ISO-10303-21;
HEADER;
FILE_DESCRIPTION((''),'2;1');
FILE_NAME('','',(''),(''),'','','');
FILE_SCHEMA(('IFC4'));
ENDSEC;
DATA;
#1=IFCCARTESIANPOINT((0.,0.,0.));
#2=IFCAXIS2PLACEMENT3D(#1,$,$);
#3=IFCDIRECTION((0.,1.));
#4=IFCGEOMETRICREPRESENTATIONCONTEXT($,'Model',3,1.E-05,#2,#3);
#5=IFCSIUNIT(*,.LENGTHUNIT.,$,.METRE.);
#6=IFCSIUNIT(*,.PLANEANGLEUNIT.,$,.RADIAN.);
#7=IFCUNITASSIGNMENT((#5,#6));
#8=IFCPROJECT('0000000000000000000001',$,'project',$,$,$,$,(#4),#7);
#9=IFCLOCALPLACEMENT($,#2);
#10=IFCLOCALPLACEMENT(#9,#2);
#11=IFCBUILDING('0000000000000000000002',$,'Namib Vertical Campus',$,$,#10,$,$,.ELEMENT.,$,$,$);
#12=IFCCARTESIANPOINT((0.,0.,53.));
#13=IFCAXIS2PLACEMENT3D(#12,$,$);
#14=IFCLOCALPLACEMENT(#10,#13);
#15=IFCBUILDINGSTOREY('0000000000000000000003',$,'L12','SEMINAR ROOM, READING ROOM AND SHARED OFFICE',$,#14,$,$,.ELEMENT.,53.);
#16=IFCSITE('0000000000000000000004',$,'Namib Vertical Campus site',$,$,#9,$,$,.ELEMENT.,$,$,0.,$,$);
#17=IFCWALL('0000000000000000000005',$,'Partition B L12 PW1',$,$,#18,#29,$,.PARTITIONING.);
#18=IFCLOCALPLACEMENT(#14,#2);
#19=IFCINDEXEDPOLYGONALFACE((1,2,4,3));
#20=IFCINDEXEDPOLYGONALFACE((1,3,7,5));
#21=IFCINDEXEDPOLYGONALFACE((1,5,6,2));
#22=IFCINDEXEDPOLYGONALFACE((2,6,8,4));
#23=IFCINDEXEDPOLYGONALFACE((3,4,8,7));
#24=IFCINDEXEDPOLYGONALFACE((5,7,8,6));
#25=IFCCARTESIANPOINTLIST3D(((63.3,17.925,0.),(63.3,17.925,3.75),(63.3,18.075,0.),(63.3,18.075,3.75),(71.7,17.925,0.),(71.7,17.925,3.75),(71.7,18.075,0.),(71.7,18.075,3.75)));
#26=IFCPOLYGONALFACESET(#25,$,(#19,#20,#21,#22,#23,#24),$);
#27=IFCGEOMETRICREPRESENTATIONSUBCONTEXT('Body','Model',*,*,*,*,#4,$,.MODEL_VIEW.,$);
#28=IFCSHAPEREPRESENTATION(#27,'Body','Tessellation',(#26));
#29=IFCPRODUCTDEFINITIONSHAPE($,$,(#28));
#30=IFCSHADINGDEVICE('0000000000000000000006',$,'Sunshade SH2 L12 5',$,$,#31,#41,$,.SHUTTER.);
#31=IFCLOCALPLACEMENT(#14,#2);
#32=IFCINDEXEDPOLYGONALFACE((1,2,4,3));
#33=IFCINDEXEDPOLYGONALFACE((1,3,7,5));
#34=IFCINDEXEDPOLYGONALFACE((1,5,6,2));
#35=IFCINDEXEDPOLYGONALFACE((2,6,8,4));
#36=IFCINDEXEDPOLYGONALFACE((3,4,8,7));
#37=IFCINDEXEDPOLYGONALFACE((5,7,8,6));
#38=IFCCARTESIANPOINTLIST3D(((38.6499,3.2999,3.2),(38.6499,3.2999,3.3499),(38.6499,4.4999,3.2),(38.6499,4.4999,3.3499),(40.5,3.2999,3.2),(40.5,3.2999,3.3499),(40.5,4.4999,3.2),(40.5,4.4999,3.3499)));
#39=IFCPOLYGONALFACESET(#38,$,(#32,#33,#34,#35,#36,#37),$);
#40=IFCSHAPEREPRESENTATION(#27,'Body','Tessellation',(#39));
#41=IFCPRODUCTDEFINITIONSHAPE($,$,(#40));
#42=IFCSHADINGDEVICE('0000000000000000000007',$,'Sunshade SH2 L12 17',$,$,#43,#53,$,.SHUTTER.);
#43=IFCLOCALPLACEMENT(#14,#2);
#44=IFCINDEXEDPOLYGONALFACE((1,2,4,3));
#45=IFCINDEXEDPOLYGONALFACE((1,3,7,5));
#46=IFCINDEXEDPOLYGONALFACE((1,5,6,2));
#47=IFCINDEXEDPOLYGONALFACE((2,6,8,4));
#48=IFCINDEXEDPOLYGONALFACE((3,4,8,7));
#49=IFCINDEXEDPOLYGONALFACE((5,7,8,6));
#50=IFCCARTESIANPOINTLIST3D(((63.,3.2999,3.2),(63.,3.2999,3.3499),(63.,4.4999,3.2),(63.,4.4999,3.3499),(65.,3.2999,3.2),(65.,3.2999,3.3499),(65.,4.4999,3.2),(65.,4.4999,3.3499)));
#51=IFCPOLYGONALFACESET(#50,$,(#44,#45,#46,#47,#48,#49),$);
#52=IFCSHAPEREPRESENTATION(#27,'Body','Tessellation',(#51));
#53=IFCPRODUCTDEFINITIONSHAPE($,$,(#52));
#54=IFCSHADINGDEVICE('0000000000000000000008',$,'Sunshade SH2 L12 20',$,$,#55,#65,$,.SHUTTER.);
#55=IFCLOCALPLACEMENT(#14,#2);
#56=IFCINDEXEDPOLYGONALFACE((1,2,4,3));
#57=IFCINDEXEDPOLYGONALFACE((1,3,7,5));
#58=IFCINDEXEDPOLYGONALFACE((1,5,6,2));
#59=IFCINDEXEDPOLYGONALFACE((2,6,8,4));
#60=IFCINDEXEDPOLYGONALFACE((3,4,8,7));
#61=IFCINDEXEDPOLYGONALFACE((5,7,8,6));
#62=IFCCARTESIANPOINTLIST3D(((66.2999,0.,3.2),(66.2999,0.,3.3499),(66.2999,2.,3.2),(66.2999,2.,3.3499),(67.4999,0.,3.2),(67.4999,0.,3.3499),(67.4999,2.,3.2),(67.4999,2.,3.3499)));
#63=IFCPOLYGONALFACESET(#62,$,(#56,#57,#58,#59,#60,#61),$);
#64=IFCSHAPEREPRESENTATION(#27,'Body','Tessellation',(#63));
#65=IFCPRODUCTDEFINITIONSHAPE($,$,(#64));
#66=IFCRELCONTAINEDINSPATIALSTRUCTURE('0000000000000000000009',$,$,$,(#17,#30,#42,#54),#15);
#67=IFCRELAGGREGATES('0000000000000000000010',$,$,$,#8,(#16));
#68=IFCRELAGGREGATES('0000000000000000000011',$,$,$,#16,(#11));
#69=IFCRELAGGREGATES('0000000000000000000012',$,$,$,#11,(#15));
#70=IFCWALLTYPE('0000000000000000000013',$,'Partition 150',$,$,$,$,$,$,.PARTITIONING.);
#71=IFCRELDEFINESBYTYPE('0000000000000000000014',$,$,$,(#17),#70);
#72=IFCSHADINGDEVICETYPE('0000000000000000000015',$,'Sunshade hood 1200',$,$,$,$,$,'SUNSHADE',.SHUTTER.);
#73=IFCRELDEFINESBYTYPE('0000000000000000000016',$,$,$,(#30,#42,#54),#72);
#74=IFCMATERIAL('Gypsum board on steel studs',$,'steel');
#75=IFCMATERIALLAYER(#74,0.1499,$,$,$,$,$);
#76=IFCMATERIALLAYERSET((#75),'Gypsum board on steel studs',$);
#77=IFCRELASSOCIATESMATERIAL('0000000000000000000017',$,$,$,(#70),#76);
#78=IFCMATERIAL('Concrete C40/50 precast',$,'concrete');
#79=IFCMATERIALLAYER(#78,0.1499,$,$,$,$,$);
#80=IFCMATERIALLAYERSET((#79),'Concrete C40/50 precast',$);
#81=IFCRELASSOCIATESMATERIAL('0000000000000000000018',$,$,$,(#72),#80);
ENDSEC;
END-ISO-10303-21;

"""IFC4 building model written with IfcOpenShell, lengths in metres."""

from ifc_helpers import new_model, si_unit, direction, frame, frame_2d, origin, origin_2d, place, context, subcontext, project, spatial, rectangle, extrude, material, layer, layer_set, type_object, element, save


model = new_model("IFC4")

# Units and contexts
model_context = context("Model", 3, precision=1e-05, world=origin(), true_north=direction((0.0, 1.0)))
body_context = subcontext(model_context, "Body", "Model", "MODEL_VIEW")
ifc_project = project(units=[si_unit("LENGTHUNIT", "METRE"), si_unit("PLANEANGLEUNIT", "RADIAN")], contexts=[model_context])

# Site, building, storey
site_placement = place(None, origin())
site = spatial("IfcSite", under=ifc_project, at=site_placement, Name="Namib Vertical Campus site", CompositionType="ELEMENT", RefElevation=0.0)
building_placement = place(site_placement, origin())
building = spatial("IfcBuilding", under=site, at=building_placement, Name="Namib Vertical Campus", CompositionType="ELEMENT")
storey_placement = place(building_placement, frame((0.0, 0.0, 53.0)))
storey = spatial("IfcBuildingStorey", under=building, at=storey_placement, Name="L12", Description="SEMINAR ROOM, READING ROOM AND SHARED OFFICE", CompositionType="ELEMENT", Elevation=53.0)

# Wall
ifc_material_1 = material(Name="Gypsum board on steel studs", Category="steel")
ifc_layer_1 = layer(ifc_material_1, 0.1499)
ifc_layer_set_1 = layer_set([ifc_layer_1], Name="Gypsum board on steel studs")
wall_type_1 = type_object("IfcWallType", Name="Partition 150", PredefinedType="PARTITIONING", material=ifc_layer_set_1)
wall_1_placement = place(storey_placement, frame((63.3, 18.0, 0.0), z_axis=(0.0, 0.0, 1.0), x_axis=(1.0, 0.0, 0.0)))
element("IfcWall", 1, at=wall_1_placement, inside=storey, type_object=wall_type_1, Name="Partition B L12 PW1", PredefinedType="PARTITIONING", context=body_context, shape_type="SweptSolid", body=[
    extrude(rectangle(XDim=8.3999, YDim=0.1499, at=frame_2d((4.2, 0.0))), origin(), (0.0, 0.0, 1.0), 3.75),
])

# Shading devices
ifc_material_2 = material(Name="Concrete C40/50 precast", Category="concrete")
ifc_layer_2 = layer(ifc_material_2, 0.1499)
ifc_layer_set_2 = layer_set([ifc_layer_2], Name="Concrete C40/50 precast")
shading_device_type = type_object("IfcShadingDeviceType", Name="Sunshade hood 1200", ElementType="SUNSHADE", PredefinedType="SHUTTER", material=ifc_layer_set_2)
shading_device_placement = place(storey_placement, frame((39.575, 3.8999, 3.2), z_axis=(0.0, 0.0, 1.0), x_axis=(1.0, 0.0, 0.0)))
element("IfcShadingDevice", 2, at=shading_device_placement, inside=storey, type_object=shading_device_type, Name="Sunshade SH2 L12 5", PredefinedType="SHUTTER", context=body_context, shape_type="SweptSolid", body=[
    extrude(rectangle(XDim=1.8501, YDim=1.2, at=origin_2d()), origin(), (0.0, 0.0, 1.0), 0.1499),
])
for number, where, z_axis, x_axis, name in (
    (3, (64.0, 3.8999, 3.2), (0.0, 0.0, 1.0), (1.0, 0.0, 0.0), "Sunshade SH2 L12 17"),
    (4, (66.8999, 1.0, 3.2), (0.0, 0.0, 1.0), (0.0, -1.0, 0.0), "Sunshade SH2 L12 20"),
):
    element("IfcShadingDevice", number, at=place(storey_placement, frame(where, z_axis=z_axis, x_axis=x_axis)), inside=storey, type_object=shading_device_type, Name=name, PredefinedType="SHUTTER", context=body_context, shape_type="SweptSolid", body=[
        extrude(rectangle(XDim=2.0, YDim=1.2, at=origin_2d()), origin(), (0.0, 0.0, 1.0), 0.1499),
    ])

save(model, "model.ifc")
